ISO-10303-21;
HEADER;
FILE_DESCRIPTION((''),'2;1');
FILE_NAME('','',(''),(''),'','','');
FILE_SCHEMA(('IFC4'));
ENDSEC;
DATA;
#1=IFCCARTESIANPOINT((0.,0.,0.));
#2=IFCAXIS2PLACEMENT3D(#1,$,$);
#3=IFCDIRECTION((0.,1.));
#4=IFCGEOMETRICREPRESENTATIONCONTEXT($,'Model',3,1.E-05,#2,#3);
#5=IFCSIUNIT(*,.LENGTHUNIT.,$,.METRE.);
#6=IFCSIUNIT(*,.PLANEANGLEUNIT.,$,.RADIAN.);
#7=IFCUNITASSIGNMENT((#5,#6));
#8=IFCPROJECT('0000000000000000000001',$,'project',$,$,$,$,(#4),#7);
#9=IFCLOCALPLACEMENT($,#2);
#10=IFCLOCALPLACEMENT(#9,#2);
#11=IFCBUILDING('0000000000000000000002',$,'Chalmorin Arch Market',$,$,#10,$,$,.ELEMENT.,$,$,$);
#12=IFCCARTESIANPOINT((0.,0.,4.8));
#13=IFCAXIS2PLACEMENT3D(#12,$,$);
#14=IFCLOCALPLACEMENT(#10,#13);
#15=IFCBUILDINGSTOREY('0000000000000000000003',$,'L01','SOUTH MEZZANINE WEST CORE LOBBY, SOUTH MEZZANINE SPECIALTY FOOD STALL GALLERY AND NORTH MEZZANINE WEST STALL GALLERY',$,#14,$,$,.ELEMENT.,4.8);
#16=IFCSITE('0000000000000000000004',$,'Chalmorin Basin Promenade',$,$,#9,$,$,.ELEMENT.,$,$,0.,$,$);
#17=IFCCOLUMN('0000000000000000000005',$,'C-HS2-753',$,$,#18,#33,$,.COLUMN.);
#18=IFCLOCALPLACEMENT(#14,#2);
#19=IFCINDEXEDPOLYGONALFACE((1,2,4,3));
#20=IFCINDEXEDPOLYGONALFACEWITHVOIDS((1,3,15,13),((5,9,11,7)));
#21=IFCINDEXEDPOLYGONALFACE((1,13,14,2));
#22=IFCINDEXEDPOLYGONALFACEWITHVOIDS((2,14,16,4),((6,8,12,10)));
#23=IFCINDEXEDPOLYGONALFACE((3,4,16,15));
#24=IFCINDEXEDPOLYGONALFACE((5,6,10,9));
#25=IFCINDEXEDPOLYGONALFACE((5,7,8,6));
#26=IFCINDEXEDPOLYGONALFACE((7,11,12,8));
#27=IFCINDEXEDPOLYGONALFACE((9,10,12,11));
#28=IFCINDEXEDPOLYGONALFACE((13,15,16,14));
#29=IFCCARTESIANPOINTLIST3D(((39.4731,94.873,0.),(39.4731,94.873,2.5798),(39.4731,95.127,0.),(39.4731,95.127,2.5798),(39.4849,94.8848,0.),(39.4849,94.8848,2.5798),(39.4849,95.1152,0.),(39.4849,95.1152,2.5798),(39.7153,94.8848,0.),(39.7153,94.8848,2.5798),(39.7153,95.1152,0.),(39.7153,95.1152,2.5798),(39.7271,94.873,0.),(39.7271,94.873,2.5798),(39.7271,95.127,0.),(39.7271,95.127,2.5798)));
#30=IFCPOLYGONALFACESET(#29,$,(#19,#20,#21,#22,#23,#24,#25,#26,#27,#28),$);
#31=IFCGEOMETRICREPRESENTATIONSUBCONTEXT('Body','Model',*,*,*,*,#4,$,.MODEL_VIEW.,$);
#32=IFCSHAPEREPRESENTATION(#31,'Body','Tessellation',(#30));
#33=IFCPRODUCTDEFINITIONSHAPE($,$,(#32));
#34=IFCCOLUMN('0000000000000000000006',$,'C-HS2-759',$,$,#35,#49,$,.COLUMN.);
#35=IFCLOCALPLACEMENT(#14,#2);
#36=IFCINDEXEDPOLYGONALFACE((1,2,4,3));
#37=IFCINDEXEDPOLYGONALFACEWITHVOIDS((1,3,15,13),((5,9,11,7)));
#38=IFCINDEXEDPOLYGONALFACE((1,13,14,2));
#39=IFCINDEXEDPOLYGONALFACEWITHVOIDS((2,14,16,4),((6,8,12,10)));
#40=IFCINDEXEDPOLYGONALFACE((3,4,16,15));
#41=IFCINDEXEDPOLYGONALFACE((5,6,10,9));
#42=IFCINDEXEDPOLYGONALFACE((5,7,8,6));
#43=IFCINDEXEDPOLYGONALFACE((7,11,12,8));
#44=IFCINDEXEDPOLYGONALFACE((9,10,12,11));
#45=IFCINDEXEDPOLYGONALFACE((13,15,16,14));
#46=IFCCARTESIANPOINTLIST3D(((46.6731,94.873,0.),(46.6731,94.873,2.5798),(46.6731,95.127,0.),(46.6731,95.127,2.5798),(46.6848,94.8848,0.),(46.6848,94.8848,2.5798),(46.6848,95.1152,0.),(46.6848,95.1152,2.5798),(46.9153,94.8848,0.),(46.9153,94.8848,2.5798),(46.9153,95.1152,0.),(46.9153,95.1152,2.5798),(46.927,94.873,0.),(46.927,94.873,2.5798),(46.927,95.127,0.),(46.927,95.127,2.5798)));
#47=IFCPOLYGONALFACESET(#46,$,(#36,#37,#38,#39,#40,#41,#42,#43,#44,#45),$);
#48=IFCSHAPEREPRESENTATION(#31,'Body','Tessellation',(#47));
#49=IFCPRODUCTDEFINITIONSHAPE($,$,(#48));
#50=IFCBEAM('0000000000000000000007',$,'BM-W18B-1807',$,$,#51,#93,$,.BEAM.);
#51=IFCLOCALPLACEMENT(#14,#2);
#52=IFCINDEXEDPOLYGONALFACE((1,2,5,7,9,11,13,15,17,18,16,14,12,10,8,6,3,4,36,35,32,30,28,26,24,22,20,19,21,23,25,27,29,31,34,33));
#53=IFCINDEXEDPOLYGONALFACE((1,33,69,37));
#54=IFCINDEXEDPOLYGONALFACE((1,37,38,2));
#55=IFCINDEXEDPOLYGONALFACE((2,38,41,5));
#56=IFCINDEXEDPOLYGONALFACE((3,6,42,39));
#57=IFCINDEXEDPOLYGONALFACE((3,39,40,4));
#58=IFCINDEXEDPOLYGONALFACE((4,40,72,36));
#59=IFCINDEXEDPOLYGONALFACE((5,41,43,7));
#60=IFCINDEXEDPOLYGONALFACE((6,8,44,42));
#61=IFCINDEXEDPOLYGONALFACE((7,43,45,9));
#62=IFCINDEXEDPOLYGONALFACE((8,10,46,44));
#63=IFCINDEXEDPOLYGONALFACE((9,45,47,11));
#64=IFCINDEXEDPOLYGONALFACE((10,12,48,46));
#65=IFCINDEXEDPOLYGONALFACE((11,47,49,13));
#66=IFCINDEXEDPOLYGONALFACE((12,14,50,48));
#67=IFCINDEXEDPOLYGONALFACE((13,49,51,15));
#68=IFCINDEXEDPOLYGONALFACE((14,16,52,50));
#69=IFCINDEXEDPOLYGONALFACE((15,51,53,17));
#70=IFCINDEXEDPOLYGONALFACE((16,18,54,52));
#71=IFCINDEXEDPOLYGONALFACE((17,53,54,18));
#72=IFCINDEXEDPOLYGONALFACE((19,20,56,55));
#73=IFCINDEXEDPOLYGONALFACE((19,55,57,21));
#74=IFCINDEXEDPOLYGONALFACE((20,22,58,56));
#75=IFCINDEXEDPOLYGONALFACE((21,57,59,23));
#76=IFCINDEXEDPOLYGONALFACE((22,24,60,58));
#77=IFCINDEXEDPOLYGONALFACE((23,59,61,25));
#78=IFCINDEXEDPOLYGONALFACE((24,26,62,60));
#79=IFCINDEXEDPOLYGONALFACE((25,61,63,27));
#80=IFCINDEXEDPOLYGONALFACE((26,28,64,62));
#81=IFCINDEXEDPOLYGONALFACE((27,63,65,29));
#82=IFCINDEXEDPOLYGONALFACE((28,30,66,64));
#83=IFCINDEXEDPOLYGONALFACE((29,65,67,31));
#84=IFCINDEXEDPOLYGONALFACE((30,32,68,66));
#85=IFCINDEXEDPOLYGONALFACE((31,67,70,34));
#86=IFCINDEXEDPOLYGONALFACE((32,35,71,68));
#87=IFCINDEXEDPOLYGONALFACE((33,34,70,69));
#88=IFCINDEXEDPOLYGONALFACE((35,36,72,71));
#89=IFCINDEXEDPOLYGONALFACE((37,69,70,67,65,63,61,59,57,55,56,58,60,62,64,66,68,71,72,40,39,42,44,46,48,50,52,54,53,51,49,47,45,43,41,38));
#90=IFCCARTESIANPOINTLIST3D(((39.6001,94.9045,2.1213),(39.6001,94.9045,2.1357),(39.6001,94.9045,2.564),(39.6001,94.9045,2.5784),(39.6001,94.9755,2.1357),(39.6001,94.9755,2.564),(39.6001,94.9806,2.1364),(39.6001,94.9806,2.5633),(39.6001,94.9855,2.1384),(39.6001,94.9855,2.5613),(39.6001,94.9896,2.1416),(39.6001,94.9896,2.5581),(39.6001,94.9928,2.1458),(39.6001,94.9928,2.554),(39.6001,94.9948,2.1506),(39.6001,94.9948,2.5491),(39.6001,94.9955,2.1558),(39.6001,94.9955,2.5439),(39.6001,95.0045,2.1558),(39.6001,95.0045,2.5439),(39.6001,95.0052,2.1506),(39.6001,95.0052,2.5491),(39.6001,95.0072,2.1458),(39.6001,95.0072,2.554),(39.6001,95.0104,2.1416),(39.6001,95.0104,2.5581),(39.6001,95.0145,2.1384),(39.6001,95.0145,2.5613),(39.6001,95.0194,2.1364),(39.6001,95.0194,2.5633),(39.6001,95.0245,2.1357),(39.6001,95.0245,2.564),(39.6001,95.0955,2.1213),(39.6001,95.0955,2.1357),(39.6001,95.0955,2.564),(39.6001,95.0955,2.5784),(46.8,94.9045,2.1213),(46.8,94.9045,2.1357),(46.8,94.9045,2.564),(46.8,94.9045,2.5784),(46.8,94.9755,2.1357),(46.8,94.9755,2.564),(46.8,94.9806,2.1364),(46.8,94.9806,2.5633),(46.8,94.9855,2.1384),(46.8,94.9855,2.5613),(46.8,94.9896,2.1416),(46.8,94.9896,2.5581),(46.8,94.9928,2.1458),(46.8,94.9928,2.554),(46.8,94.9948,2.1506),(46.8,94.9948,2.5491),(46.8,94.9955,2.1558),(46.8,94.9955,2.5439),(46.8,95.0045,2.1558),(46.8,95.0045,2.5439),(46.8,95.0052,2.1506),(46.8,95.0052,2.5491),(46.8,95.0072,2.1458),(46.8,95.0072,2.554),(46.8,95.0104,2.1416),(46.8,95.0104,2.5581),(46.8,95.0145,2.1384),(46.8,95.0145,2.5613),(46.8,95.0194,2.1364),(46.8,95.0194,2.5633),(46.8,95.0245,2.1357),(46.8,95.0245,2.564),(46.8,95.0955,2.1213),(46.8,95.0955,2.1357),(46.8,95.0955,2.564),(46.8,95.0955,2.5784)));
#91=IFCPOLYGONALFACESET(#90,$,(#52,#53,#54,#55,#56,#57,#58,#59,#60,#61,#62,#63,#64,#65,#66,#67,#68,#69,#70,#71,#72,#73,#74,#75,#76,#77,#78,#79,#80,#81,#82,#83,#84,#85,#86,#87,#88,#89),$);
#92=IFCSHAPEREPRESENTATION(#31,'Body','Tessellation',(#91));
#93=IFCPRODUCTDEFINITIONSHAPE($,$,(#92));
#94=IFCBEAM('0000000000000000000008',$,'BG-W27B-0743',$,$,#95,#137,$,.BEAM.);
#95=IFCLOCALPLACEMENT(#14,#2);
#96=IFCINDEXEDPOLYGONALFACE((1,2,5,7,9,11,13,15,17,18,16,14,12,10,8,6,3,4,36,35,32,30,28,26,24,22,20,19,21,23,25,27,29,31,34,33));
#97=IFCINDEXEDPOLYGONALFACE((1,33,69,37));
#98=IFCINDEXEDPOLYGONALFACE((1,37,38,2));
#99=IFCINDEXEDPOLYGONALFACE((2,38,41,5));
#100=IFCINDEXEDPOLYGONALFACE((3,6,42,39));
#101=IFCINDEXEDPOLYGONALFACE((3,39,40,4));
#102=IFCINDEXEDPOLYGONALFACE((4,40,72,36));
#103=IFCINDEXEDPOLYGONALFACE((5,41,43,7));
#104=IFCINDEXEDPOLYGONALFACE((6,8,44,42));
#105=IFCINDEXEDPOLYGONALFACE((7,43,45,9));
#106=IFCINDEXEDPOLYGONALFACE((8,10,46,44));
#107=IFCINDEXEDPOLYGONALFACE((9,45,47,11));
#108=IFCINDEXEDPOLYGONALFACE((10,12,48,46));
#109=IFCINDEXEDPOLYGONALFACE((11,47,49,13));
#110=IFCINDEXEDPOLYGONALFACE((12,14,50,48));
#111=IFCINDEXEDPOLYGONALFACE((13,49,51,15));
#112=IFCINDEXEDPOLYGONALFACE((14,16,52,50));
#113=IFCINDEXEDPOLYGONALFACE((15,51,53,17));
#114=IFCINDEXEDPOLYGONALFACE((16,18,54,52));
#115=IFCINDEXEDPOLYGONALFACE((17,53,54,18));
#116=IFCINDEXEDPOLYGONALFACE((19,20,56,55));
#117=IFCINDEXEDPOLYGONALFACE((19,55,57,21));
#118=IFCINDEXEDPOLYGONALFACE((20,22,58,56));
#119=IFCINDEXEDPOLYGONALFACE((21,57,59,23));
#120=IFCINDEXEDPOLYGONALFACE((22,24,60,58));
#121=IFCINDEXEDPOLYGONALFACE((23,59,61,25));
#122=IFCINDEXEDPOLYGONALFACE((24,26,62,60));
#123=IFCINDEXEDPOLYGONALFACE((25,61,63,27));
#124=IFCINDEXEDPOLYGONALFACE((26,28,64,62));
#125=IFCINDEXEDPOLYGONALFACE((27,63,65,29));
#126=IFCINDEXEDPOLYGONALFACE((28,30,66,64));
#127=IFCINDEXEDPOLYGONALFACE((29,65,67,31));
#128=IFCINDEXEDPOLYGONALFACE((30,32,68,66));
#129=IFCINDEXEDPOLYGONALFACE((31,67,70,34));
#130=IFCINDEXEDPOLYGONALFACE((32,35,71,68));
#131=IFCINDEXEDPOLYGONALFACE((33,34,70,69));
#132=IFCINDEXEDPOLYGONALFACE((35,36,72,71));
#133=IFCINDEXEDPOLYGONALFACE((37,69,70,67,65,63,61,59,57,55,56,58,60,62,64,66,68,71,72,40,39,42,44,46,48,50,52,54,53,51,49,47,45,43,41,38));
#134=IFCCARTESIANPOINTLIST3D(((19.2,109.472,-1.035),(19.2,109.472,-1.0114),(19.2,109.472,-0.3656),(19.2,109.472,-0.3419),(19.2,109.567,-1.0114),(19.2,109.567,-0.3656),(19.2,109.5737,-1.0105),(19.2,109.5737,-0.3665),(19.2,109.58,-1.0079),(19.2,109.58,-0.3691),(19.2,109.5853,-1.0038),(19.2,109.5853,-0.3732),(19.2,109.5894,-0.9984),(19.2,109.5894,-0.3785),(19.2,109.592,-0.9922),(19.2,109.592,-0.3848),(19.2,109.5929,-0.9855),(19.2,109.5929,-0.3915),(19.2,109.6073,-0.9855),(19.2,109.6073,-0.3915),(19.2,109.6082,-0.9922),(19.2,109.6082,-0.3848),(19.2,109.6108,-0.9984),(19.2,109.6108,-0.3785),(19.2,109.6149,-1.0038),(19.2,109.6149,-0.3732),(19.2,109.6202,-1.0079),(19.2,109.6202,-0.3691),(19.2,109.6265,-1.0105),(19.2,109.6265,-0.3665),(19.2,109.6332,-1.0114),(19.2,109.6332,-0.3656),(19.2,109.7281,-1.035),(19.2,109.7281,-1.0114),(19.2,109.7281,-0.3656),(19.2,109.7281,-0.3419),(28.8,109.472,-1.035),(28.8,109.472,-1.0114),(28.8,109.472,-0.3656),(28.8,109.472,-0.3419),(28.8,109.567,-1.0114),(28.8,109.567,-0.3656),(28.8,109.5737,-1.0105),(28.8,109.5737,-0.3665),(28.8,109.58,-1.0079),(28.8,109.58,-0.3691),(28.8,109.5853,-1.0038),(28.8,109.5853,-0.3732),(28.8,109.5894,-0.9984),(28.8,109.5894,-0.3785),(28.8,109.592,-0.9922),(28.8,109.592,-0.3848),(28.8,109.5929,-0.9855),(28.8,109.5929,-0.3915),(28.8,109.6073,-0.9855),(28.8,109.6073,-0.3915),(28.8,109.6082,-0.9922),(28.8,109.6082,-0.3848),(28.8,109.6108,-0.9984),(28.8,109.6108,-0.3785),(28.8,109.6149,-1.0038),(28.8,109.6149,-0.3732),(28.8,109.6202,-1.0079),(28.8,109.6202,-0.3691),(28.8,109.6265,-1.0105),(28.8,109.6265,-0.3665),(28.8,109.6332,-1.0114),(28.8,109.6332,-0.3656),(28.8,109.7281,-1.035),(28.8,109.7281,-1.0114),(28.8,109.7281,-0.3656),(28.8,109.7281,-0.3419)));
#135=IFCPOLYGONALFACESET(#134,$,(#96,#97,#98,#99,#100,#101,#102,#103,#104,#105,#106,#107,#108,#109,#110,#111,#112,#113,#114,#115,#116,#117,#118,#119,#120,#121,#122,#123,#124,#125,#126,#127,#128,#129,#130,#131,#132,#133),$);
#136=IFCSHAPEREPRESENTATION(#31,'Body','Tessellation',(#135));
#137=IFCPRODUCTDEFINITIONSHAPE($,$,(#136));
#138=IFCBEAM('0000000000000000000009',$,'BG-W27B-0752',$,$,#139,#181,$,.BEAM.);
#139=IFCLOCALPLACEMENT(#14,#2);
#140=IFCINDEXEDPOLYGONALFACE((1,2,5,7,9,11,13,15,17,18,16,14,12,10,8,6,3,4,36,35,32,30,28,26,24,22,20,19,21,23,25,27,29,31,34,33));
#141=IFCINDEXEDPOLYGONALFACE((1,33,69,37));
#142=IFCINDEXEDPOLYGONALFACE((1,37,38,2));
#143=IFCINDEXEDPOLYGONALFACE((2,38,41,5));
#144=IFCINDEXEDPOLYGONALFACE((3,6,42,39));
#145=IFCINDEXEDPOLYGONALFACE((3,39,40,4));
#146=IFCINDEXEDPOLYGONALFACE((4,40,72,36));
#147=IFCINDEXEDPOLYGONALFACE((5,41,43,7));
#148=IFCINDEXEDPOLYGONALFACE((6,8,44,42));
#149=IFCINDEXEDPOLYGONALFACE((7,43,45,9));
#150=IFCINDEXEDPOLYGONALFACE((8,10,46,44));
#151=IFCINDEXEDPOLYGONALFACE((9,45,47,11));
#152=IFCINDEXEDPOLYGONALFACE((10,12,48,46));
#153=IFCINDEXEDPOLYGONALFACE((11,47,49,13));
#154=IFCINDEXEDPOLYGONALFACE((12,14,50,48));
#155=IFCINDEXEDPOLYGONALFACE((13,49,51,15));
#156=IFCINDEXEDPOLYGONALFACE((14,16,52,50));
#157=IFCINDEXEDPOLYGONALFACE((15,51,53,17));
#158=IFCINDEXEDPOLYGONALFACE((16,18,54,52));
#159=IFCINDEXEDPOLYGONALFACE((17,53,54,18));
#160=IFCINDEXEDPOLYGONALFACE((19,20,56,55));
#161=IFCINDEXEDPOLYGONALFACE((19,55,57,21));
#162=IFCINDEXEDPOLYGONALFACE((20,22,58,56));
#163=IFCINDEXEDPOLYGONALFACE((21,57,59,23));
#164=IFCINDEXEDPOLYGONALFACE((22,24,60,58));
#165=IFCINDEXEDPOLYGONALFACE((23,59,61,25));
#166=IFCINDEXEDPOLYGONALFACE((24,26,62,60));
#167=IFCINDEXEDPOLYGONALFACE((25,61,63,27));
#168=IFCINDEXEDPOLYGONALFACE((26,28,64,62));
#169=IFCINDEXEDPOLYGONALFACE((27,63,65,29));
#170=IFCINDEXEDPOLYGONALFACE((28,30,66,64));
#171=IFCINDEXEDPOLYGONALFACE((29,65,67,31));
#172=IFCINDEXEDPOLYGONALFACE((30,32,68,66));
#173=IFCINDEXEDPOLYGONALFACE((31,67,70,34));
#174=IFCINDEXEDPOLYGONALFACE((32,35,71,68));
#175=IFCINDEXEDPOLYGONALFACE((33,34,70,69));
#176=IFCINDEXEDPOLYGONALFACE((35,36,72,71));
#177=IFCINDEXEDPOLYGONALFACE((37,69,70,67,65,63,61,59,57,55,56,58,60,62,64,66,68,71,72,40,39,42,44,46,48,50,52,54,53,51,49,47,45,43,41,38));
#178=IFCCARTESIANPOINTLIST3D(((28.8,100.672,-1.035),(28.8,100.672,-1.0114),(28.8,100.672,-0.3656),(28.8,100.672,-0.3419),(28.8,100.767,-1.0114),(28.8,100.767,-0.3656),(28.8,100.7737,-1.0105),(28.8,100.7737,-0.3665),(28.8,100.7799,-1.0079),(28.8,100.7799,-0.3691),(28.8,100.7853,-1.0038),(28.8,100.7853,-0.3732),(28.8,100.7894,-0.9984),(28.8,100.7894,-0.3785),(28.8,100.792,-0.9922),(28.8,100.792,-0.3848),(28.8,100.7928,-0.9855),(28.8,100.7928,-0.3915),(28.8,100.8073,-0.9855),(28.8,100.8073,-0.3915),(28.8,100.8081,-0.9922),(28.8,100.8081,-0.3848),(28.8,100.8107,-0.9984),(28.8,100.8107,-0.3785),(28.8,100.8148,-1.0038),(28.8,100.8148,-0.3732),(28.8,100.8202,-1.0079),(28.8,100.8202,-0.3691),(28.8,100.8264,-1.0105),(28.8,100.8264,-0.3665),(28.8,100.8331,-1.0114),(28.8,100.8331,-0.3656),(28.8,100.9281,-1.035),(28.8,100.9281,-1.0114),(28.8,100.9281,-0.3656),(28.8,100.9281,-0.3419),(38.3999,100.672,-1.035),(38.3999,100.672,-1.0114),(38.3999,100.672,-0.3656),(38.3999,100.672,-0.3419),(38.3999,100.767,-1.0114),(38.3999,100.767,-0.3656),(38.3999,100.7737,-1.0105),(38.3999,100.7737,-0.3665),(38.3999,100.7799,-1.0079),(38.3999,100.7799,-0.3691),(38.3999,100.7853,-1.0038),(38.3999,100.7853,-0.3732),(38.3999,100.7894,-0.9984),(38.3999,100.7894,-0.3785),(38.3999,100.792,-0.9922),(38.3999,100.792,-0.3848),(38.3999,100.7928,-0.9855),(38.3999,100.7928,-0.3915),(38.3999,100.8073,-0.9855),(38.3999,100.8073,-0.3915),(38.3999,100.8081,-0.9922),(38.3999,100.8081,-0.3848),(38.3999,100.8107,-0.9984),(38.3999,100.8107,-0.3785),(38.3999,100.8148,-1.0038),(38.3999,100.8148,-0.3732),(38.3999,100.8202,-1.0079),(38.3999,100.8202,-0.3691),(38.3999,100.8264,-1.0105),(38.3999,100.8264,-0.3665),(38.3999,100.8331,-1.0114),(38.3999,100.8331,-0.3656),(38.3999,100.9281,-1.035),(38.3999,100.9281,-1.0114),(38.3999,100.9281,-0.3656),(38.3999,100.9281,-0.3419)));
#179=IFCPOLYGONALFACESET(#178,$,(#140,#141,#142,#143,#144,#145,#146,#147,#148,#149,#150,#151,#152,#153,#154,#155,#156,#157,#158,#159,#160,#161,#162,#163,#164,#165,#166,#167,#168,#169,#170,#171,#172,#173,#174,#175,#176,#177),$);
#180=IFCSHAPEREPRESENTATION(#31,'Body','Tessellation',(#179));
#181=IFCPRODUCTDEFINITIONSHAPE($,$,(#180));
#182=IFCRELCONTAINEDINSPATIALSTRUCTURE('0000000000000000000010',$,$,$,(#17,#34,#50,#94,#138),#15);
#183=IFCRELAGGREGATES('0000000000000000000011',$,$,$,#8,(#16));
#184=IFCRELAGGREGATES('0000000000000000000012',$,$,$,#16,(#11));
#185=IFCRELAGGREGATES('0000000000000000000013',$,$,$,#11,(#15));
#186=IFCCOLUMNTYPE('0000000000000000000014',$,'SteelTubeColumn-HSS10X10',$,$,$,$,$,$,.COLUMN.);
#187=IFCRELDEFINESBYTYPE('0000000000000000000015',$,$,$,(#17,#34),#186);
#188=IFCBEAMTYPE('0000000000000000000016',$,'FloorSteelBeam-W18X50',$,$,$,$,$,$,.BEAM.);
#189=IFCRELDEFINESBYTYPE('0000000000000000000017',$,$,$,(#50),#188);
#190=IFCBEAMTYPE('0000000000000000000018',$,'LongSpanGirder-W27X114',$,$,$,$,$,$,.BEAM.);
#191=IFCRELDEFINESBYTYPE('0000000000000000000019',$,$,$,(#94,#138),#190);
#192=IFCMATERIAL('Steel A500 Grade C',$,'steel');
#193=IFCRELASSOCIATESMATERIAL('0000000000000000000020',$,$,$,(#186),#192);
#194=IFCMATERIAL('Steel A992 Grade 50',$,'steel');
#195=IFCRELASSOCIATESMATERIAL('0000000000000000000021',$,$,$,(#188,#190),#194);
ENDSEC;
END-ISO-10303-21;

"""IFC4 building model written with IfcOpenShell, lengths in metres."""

from ifc_helpers import new_model, si_unit, direction, frame, origin, origin_2d, place, context, subcontext, project, spatial, hollow_rectangle, i_section, extrude, material, material_profile, profile_set, type_object, element, save


model = new_model("IFC4")

# Units and contexts
model_context = context("Model", 3, precision=1e-05, world=origin(), true_north=direction((0.0, 1.0)))
body_context = subcontext(model_context, "Body", "Model", "MODEL_VIEW")
ifc_project = project(units=[si_unit("LENGTHUNIT", "METRE"), si_unit("PLANEANGLEUNIT", "RADIAN")], contexts=[model_context])

# Site, building, storey
site_placement = place(None, origin())
site = spatial("IfcSite", under=ifc_project, at=site_placement, Name="Chalmorin Basin Promenade", CompositionType="ELEMENT", RefElevation=0.0)
building_placement = place(site_placement, origin())
building = spatial("IfcBuilding", under=site, at=building_placement, Name="Chalmorin Arch Market", CompositionType="ELEMENT")
storey_placement = place(building_placement, frame((0.0, 0.0, 4.8)))
storey = spatial("IfcBuildingStorey", under=building, at=storey_placement, Name="L01", Description="SOUTH MEZZANINE WEST CORE LOBBY, SOUTH MEZZANINE SPECIALTY FOOD STALL GALLERY AND NORTH MEZZANINE WEST STALL GALLERY", CompositionType="ELEMENT", Elevation=4.8)

# Columns
ifc_material_1 = material(Name="Steel A500 Grade C", Category="steel")
ifc_material_profile_1 = material_profile(ifc_material_1, hollow_rectangle(XDim=0.2539, YDim=0.2539, WallThickness=0.0117, at=origin_2d()), Name="HSS10X10X1/2")
ifc_profile_set_1 = profile_set([ifc_material_profile_1], Name="Steel A500 Grade C")
column_type = type_object("IfcColumnType", Name="SteelTubeColumn-HSS10X10", PredefinedType="COLUMN", material=ifc_profile_set_1)
for number, where, z_axis, x_axis, name in (
    (1, (39.6001, 95.0, 0.0), (0.0, 0.0, 1.0), (1.0, 0.0, 0.0), "C-HS2-753"),
    (2, (46.8, 95.0, 0.0), (0.0, 0.0, 1.0), (1.0, 0.0, 0.0), "C-HS2-759"),
):
    element("IfcColumn", number, at=place(storey_placement, frame(where, z_axis=z_axis, x_axis=x_axis)), inside=storey, type_object=column_type, Name=name, PredefinedType="COLUMN", context=body_context, shape_type="SweptSolid", body=[
        extrude(hollow_rectangle(XDim=0.2539, YDim=0.2539, WallThickness=0.0117, at=origin_2d()), origin(), (0.0, 0.0, 1.0), 2.5798),
    ])

# Beams
ifc_material_2 = material(Name="Steel A992 Grade 50", Category="steel")
ifc_material_profile_2 = material_profile(ifc_material_2, i_section(OverallWidth=0.1909, OverallDepth=0.457, WebThickness=0.009, FlangeThickness=0.0144, FilletRadius=0.02, at=origin_2d()), Name="W18X50")
ifc_profile_set_2 = profile_set([ifc_material_profile_2], Name="Steel A992 Grade 50")
beam_type_1 = type_object("IfcBeamType", Name="FloorSteelBeam-W18X50", PredefinedType="BEAM", material=ifc_profile_set_2)
beam_1_placement = place(storey_placement, frame((39.6001, 95.0, 2.3499), z_axis=(1.0, 0.0, 0.0), x_axis=(0.0, 1.0, 0.0)))
element("IfcBeam", 3, at=beam_1_placement, inside=storey, type_object=beam_type_1, Name="BM-W18B-1807", PredefinedType="BEAM", context=body_context, shape_type="SweptSolid", body=[
    extrude(i_section(OverallWidth=0.1909, OverallDepth=0.457, WebThickness=0.009, FlangeThickness=0.0144, FilletRadius=0.02, at=origin_2d()), origin(), (0.0, 0.0, 1.0), 7.2),
])
ifc_material_profile_3 = material_profile(ifc_material_2, i_section(OverallWidth=0.2561, OverallDepth=0.6931, WebThickness=0.0144, FlangeThickness=0.0237, FilletRadius=0.0259, at=origin_2d()), Name="W27X114")
ifc_profile_set_3 = profile_set([ifc_material_profile_3], Name="Steel A992 Grade 50")
beam_type_2 = type_object("IfcBeamType", Name="LongSpanGirder-W27X114", PredefinedType="BEAM", material=ifc_profile_set_3)
beam_2_placement = place(storey_placement, frame((19.2, 109.6001, -0.6885), z_axis=(1.0, 0.0, 0.0), x_axis=(0.0, 1.0, 0.0)))
element("IfcBeam", 4, at=beam_2_placement, inside=storey, type_object=beam_type_2, Name="BG-W27B-0743", PredefinedType="BEAM", context=body_context, shape_type="SweptSolid", body=[
    extrude(i_section(OverallWidth=0.2561, OverallDepth=0.6931, WebThickness=0.0144, FlangeThickness=0.0237, FilletRadius=0.0259, at=origin_2d()), origin(), (0.0, 0.0, 1.0), 9.6001),
])
for number, where, z_axis, x_axis, name in (
    (5, (28.8, 100.8, -0.6885), (1.0, 0.0, 0.0), (0.0, 1.0, 0.0), "BG-W27B-0752"),
):
    element("IfcBeam", number, at=place(storey_placement, frame(where, z_axis=z_axis, x_axis=x_axis)), inside=storey, type_object=beam_type_2, Name=name, PredefinedType="BEAM", context=body_context, shape_type="SweptSolid", body=[
        extrude(i_section(OverallWidth=0.2561, OverallDepth=0.6931, WebThickness=0.0144, FlangeThickness=0.0237, FilletRadius=0.0259, at=origin_2d()), origin(), (0.0, 0.0, 1.0), 9.5999),
    ])

save(model, "model.ifc")
